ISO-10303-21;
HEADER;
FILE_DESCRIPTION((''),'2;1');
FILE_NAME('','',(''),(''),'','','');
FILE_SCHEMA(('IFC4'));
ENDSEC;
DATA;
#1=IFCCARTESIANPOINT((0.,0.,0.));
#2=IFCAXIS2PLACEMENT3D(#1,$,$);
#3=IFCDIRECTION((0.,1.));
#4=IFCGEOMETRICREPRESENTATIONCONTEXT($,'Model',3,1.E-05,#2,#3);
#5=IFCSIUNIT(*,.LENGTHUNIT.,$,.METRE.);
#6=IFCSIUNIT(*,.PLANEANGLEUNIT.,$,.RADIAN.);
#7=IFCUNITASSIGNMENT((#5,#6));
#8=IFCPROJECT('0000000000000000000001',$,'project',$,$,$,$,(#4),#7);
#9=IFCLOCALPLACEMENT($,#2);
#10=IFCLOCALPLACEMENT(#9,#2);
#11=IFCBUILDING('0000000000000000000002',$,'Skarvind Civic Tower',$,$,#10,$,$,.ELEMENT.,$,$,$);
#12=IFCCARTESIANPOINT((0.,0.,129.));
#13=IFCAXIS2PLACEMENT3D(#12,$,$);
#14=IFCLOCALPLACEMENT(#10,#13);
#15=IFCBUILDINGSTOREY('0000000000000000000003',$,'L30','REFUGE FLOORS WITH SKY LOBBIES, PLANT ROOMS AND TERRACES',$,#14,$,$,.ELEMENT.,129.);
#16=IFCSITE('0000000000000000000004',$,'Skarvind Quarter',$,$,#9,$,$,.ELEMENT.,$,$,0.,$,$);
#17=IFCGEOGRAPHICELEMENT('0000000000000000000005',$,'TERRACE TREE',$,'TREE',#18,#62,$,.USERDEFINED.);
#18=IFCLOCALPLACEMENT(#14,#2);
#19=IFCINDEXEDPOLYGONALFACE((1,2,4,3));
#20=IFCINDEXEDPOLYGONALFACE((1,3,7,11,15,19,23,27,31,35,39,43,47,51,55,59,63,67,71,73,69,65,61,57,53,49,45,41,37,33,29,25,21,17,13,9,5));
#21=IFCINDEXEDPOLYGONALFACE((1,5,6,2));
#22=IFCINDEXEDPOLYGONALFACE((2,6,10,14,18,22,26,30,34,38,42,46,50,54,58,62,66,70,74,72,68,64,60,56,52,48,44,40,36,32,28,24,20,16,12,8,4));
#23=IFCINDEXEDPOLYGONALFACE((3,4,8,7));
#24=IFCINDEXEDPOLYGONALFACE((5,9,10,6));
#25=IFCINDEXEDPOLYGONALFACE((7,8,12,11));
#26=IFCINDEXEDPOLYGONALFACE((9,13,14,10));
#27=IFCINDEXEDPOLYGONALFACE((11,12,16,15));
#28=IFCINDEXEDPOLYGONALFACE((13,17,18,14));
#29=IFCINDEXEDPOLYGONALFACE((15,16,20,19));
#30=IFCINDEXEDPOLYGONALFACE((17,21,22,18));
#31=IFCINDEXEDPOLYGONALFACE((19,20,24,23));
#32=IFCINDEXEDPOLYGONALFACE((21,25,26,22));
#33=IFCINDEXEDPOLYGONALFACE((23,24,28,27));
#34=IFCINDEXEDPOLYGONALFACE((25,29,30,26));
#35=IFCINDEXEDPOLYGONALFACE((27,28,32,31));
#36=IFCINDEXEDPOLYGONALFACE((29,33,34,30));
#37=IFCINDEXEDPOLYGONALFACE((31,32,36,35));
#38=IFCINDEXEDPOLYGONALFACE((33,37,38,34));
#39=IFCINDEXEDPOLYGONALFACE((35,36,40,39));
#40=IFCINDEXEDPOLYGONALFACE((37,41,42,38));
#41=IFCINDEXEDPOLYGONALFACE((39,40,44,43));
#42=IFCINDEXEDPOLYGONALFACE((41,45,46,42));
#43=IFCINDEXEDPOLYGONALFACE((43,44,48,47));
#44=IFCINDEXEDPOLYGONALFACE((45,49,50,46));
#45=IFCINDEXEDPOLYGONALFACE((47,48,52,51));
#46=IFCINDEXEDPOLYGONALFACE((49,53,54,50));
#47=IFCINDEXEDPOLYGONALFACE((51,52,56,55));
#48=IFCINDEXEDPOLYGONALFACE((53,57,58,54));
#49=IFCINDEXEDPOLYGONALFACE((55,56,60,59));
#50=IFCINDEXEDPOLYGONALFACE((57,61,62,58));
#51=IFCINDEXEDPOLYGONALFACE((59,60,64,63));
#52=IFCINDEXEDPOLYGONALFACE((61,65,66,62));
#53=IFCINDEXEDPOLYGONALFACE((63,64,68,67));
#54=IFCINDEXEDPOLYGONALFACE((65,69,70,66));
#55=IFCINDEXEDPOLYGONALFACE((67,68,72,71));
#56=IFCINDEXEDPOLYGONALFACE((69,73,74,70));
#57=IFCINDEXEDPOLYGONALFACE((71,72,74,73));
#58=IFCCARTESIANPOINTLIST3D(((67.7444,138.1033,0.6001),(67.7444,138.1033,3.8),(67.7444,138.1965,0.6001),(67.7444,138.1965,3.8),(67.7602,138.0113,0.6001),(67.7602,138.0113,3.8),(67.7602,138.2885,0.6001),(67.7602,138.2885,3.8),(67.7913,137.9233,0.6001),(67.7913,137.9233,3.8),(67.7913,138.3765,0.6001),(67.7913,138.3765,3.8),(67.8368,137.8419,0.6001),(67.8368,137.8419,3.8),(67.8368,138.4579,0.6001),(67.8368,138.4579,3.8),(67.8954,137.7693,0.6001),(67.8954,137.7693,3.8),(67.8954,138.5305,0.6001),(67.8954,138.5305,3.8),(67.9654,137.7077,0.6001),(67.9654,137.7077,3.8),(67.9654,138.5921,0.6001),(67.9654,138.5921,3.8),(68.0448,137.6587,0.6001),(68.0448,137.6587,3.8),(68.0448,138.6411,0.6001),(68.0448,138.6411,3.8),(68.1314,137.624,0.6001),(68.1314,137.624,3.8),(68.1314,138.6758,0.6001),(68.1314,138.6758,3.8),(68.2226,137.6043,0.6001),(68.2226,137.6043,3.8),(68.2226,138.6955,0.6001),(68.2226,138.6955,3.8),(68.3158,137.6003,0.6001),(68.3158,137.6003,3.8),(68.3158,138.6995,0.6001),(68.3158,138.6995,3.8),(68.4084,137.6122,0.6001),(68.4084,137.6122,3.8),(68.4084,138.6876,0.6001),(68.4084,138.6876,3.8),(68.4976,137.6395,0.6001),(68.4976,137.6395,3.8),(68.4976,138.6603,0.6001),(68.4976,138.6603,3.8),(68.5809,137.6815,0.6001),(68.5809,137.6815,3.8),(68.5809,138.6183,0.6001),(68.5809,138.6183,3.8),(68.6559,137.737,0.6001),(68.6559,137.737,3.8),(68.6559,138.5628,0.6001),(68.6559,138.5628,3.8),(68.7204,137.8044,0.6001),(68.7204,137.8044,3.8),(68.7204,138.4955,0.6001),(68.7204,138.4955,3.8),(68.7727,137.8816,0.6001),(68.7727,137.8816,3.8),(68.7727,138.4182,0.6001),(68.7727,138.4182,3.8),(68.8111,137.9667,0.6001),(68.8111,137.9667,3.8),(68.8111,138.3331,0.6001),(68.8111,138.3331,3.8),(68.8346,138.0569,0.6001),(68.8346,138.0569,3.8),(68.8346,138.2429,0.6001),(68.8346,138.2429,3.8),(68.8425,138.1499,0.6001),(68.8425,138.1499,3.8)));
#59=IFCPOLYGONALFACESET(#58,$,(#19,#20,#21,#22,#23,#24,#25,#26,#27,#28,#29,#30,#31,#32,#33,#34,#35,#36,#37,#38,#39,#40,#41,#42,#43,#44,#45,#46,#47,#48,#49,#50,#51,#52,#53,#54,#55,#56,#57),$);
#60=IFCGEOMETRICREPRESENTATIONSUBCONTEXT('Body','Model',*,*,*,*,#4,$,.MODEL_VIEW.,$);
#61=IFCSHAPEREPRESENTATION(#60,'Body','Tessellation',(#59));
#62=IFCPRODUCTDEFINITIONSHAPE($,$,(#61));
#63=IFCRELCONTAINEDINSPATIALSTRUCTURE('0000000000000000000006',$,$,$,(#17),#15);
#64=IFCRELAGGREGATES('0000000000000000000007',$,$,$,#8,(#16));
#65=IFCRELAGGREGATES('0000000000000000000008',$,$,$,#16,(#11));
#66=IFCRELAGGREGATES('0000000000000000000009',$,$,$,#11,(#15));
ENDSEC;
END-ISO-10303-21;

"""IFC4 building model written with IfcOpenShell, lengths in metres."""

from ifc_helpers import new_model, si_unit, direction, frame, origin, origin_2d, place, context, subcontext, project, spatial, circle, extrude, element, save


model = new_model("IFC4")

# Units and contexts
model_context = context("Model", 3, precision=1e-05, world=origin(), true_north=direction((0.0, 1.0)))
body_context = subcontext(model_context, "Body", "Model", "MODEL_VIEW")
ifc_project = project(units=[si_unit("LENGTHUNIT", "METRE"), si_unit("PLANEANGLEUNIT", "RADIAN")], contexts=[model_context])

# Site, building, storey
site_placement = place(None, origin())
site = spatial("IfcSite", under=ifc_project, at=site_placement, Name="Skarvind Quarter", CompositionType="ELEMENT", RefElevation=0.0)
building_placement = place(site_placement, origin())
building = spatial("IfcBuilding", under=site, at=building_placement, Name="Skarvind Civic Tower", CompositionType="ELEMENT")
storey_placement = place(building_placement, frame((0.0, 0.0, 129.0)))
storey = spatial("IfcBuildingStorey", under=building, at=storey_placement, Name="L30", Description="REFUGE FLOORS WITH SKY LOBBIES, PLANT ROOMS AND TERRACES", CompositionType="ELEMENT", Elevation=129.0)

# Geographic element
geographic_element_placement = place(storey_placement, frame((68.2925, 138.1499, 0.6001), z_axis=(0.0, 0.0, 1.0), x_axis=(1.0, 0.0, 0.0)))
element("IfcGeographicElement", 1, at=geographic_element_placement, inside=storey, Name="TERRACE TREE", ObjectType="TREE", PredefinedType="USERDEFINED", context=body_context, shape_type="SweptSolid", body=[
    extrude(circle(Radius=0.55, at=origin_2d()), origin(), (0.0, 0.0, 1.0), 3.2),
])

save(model, "model.ifc")
